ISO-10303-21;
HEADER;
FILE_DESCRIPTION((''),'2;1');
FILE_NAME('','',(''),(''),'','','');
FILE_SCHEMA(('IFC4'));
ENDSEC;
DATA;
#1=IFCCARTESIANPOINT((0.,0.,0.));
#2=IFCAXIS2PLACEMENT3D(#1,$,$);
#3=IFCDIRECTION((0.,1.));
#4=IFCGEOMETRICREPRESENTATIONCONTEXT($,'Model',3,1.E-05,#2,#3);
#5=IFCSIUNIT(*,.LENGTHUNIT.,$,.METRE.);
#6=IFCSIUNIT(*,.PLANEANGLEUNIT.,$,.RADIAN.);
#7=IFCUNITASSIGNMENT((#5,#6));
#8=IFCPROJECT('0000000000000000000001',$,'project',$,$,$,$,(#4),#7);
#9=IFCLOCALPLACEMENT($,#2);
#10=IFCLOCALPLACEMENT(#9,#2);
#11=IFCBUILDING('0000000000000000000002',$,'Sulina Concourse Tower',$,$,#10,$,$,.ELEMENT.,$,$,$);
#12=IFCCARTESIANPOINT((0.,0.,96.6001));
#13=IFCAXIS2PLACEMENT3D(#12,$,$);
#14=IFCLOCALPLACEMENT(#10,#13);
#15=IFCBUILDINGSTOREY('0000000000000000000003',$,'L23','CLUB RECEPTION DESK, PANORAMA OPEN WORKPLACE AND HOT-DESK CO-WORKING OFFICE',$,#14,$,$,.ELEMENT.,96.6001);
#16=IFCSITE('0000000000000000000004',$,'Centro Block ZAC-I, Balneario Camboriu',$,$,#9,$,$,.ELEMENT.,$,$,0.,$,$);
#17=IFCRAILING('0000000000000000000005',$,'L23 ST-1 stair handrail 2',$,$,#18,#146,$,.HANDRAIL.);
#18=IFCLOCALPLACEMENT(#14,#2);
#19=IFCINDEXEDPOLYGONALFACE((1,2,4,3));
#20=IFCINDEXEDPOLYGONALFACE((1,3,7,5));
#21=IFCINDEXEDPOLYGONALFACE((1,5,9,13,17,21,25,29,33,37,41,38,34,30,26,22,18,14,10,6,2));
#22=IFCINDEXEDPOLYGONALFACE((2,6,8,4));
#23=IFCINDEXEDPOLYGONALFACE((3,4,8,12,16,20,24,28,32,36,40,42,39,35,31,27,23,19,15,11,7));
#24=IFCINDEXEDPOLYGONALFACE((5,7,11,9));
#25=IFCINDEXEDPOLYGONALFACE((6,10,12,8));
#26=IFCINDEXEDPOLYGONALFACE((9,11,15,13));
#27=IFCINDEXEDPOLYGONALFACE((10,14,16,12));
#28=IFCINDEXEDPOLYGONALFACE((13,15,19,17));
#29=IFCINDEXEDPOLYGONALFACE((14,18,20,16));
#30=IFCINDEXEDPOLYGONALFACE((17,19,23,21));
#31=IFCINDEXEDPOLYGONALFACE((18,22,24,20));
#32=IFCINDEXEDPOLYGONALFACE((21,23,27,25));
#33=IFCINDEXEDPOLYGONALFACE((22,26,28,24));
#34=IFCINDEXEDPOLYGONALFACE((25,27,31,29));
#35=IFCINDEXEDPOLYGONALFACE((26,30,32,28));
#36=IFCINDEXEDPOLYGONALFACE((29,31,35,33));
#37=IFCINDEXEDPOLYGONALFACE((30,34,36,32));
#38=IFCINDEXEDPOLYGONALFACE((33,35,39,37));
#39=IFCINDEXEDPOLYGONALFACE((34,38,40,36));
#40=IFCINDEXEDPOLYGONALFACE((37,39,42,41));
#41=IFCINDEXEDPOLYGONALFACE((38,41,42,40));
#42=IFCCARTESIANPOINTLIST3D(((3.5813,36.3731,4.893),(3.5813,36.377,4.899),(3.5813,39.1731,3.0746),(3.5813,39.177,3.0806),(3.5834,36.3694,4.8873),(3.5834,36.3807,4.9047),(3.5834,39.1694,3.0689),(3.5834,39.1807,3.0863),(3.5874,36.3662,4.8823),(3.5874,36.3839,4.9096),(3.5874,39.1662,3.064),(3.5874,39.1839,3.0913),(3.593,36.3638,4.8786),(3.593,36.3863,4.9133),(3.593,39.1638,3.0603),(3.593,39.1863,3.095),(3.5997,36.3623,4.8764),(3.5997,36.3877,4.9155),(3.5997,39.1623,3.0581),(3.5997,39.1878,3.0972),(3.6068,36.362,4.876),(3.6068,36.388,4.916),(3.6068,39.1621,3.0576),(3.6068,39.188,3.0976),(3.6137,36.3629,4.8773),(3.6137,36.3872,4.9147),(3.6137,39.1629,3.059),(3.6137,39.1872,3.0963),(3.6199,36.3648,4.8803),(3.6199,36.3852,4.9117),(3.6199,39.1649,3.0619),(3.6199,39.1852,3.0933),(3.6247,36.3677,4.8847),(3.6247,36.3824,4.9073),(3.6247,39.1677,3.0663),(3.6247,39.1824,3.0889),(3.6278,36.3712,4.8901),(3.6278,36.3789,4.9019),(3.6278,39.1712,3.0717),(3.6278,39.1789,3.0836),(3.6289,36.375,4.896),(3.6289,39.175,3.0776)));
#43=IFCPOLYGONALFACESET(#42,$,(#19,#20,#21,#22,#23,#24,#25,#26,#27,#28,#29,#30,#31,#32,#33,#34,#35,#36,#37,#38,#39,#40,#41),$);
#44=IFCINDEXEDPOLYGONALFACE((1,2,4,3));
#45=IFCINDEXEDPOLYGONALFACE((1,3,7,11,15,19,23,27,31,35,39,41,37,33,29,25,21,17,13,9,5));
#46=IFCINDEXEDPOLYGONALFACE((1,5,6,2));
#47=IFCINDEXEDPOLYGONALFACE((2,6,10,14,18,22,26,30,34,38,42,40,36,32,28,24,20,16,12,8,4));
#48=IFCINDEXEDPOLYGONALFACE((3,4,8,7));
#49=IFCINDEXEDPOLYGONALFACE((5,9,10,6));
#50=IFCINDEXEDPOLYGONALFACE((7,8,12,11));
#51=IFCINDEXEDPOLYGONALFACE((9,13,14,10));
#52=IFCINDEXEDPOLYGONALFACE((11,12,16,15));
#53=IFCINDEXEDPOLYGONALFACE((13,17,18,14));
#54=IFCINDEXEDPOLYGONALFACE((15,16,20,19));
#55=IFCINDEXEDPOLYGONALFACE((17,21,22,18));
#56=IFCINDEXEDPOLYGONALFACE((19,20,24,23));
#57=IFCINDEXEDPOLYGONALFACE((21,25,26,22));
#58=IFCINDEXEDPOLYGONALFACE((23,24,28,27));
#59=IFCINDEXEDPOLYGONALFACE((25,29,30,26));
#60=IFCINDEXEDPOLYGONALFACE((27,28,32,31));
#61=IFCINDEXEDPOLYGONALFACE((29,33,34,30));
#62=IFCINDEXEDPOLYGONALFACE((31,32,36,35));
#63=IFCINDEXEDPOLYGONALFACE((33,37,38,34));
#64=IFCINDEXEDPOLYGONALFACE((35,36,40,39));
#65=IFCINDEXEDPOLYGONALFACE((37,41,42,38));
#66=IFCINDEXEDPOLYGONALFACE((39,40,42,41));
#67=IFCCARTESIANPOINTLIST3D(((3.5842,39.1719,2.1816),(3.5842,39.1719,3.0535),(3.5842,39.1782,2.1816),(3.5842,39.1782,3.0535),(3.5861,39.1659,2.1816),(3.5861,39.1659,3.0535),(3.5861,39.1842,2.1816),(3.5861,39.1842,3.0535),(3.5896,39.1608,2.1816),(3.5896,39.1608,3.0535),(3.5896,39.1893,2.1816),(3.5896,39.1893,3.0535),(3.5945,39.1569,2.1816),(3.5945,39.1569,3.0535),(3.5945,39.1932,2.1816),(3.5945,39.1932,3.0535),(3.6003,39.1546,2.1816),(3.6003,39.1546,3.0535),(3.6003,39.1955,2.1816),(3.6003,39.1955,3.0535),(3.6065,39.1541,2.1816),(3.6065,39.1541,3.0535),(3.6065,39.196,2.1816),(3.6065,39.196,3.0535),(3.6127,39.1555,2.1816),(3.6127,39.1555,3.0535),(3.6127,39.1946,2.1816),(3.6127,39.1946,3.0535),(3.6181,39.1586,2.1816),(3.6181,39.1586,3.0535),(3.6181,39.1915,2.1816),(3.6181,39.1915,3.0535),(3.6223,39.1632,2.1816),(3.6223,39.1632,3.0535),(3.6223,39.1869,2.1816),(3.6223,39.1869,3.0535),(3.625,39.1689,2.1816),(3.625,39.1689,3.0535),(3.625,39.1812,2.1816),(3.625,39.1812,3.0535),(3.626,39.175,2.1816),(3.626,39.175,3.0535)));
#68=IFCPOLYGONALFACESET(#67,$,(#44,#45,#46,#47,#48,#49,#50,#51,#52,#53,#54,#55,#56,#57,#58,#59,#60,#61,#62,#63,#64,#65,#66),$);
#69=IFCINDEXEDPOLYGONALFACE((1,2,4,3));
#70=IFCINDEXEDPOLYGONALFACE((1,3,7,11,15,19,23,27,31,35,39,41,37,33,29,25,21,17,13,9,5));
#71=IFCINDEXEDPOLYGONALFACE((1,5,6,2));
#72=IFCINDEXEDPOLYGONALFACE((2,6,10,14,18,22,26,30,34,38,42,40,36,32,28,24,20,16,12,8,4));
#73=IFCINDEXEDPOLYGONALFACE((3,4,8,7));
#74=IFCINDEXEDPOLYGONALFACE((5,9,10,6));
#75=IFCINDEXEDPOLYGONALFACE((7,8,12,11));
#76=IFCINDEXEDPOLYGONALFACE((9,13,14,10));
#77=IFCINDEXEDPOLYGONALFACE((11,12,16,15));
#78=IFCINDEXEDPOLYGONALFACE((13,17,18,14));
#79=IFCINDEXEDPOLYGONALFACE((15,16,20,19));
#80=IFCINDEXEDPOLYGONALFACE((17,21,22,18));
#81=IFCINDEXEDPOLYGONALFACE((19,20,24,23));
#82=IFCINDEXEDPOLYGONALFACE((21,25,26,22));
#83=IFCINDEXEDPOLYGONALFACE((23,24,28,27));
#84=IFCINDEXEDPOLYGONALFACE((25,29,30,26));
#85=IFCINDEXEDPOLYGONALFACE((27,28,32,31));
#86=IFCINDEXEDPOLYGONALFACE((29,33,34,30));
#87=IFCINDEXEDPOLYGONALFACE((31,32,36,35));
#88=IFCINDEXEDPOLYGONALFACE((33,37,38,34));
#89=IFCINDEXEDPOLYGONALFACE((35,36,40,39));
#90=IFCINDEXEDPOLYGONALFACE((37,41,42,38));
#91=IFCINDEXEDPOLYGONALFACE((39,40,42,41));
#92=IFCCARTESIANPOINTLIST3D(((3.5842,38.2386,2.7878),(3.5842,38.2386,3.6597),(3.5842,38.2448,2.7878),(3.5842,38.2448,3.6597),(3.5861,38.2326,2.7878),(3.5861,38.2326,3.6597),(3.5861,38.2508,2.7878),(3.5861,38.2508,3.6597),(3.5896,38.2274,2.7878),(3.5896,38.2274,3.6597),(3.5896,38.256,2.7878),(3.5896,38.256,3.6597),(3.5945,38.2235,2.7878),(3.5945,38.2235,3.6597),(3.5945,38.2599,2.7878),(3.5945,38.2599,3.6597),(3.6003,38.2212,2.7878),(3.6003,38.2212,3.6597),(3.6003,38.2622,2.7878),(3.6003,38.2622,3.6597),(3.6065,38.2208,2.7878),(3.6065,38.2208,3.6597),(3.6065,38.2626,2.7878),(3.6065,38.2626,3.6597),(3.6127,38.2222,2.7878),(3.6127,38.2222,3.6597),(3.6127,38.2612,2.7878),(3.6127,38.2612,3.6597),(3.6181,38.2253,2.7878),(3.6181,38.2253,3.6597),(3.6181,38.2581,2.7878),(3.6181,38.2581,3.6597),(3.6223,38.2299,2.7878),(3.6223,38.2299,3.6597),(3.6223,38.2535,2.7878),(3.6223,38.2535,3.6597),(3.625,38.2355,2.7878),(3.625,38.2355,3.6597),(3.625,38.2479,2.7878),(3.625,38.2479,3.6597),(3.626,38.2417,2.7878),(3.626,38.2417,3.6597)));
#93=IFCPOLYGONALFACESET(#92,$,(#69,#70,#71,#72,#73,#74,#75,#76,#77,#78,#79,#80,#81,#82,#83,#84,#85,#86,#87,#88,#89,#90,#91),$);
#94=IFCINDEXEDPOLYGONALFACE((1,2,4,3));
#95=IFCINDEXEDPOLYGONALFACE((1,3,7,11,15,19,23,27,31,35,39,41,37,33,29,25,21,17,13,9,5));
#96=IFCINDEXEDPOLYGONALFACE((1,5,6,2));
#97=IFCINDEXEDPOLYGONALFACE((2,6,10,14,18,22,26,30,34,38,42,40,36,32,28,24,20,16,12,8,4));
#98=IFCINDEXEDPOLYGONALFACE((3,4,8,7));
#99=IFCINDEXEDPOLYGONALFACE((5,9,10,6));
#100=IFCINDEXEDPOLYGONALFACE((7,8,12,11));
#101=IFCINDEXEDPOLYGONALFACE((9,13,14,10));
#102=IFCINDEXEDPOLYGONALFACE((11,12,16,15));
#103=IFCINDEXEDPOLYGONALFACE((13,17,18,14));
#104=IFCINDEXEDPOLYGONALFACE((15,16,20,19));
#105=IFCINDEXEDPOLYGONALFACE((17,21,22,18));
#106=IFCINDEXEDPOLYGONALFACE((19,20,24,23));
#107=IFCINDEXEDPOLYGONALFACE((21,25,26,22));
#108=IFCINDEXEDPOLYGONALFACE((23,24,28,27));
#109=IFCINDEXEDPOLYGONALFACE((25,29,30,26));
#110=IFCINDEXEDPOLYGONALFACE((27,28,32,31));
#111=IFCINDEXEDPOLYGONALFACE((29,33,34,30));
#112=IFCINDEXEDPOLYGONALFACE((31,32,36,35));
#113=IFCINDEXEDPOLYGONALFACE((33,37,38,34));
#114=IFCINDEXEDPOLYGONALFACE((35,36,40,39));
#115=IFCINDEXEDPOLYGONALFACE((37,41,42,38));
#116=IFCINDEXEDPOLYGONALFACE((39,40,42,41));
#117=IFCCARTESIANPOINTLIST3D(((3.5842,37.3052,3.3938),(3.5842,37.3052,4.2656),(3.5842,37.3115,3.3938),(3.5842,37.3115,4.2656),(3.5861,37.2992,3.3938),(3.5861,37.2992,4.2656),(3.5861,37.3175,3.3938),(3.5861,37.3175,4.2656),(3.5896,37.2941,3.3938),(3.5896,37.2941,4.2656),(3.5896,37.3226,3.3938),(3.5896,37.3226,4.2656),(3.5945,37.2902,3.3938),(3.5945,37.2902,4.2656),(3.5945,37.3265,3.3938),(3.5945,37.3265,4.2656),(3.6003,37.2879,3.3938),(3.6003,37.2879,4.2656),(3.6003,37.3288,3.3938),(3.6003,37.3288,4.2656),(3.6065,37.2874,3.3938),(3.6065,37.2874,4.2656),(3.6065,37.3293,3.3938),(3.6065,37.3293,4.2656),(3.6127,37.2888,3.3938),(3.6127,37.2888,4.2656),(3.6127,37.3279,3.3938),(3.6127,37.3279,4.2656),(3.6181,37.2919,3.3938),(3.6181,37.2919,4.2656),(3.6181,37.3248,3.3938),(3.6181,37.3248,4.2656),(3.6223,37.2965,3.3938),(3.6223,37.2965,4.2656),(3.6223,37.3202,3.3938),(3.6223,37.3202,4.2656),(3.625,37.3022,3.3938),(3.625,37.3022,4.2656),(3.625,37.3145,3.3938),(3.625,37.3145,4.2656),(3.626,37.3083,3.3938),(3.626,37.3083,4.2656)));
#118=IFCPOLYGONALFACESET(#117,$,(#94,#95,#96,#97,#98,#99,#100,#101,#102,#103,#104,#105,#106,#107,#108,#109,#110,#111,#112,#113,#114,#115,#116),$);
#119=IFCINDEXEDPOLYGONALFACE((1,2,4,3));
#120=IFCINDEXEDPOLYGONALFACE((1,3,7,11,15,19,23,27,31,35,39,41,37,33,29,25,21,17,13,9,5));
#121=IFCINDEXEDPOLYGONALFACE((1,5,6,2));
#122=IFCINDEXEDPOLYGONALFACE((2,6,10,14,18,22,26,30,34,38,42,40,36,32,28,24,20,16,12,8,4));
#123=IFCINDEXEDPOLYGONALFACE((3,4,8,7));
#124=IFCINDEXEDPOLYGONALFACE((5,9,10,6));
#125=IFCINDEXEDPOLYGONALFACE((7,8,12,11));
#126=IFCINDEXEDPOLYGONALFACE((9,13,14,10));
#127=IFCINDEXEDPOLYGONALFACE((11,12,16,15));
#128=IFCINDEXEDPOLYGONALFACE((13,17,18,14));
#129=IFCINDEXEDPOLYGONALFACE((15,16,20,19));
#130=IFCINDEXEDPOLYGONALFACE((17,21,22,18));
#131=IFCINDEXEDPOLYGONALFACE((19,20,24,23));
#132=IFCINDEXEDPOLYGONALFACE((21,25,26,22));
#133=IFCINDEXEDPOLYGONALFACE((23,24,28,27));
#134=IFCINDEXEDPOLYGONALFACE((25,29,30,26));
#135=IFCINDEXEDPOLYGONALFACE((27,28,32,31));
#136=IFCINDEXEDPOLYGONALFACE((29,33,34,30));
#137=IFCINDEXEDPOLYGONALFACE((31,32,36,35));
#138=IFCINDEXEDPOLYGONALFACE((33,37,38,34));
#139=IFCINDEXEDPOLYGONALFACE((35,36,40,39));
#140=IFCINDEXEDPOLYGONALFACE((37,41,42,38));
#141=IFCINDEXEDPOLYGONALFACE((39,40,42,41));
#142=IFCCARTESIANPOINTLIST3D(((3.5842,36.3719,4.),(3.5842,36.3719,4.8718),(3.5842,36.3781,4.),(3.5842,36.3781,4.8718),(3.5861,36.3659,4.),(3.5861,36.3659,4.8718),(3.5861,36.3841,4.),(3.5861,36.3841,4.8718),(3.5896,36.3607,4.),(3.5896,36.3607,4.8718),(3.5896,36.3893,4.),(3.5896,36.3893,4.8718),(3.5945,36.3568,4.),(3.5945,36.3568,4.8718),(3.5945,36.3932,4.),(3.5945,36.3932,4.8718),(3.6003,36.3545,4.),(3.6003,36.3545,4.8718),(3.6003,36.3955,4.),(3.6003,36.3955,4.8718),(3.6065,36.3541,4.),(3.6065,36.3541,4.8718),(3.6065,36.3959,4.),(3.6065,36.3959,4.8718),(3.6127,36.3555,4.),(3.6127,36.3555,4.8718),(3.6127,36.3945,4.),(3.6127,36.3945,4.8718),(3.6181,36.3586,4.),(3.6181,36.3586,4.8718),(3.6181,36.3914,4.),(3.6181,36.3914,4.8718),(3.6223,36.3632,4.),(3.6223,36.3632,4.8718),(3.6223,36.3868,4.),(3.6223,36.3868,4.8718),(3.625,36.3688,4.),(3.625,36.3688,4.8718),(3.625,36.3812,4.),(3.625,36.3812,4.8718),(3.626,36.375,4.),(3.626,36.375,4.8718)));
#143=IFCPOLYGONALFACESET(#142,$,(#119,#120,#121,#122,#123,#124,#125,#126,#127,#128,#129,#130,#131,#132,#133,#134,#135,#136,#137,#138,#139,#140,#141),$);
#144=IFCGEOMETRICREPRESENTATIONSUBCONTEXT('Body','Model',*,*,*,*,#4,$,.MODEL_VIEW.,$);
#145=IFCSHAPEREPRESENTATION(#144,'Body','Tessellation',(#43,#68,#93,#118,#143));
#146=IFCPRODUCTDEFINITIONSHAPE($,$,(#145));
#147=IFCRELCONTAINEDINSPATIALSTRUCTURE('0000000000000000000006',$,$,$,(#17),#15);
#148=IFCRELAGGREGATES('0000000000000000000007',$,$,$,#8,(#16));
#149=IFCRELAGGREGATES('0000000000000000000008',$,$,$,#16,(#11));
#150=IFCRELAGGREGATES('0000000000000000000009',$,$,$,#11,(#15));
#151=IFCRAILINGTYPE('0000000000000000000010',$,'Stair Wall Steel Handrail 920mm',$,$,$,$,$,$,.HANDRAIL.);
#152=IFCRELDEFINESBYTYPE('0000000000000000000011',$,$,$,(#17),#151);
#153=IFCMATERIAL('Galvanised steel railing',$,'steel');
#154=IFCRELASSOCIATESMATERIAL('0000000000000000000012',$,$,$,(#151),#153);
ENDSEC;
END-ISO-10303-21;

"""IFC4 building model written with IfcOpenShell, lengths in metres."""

from ifc_helpers import new_model, si_unit, direction, frame, origin, origin_2d, place, context, subcontext, project, spatial, circle, extrude, material, type_object, element, save


model = new_model("IFC4")

# Units and contexts
model_context = context("Model", 3, precision=1e-05, world=origin(), true_north=direction((0.0, 1.0)))
body_context = subcontext(model_context, "Body", "Model", "MODEL_VIEW")
ifc_project = project(units=[si_unit("LENGTHUNIT", "METRE"), si_unit("PLANEANGLEUNIT", "RADIAN")], contexts=[model_context])

# Site, building, storey
site_placement = place(None, origin())
site = spatial("IfcSite", under=ifc_project, at=site_placement, Name="Centro Block ZAC-I, Balneario Camboriu", CompositionType="ELEMENT", RefElevation=0.0)
building_placement = place(site_placement, origin())
building = spatial("IfcBuilding", under=site, at=building_placement, Name="Sulina Concourse Tower", CompositionType="ELEMENT")
storey_placement = place(building_placement, frame((0.0, 0.0, 96.6001)))
storey = spatial("IfcBuildingStorey", under=building, at=storey_placement, Name="L23", Description="CLUB RECEPTION DESK, PANORAMA OPEN WORKPLACE AND HOT-DESK CO-WORKING OFFICE", CompositionType="ELEMENT", Elevation=96.6001)

# Railing
ifc_material_1 = material(Name="Galvanised steel railing", Category="steel")
railing_type_1 = type_object("IfcRailingType", Name="Stair Wall Steel Handrail 920mm", PredefinedType="HANDRAIL", material=ifc_material_1)
railing_1_placement = place(storey_placement, frame((3.605, 39.175, 2.1816)))
element("IfcRailing", 1, at=railing_1_placement, inside=storey, type_object=railing_type_1, Name="L23 ST-1 stair handrail 2", PredefinedType="HANDRAIL", context=body_context, shape_type="SweptSolid", body=[
    extrude(circle(Radius=0.0239, at=origin_2d()), frame((0.0, 0.0, 0.896), z_axis=(0.0, -0.838672, 0.544636), x_axis=(1.0, 0.0, 0.0)), (0.0, 0.0, 1.0), 3.3386),
    extrude(circle(Radius=0.021, at=origin_2d()), origin(), (0.0, 0.0, 1.0), 0.8718),
    extrude(circle(Radius=0.021, at=origin_2d()), frame((0.0, -0.9333, 0.6062)), (0.0, 0.0, 1.0), 0.8718),
    extrude(circle(Radius=0.021, at=origin_2d()), frame((0.0, -1.8667, 1.2122)), (0.0, 0.0, 1.0), 0.8718),
    extrude(circle(Radius=0.021, at=origin_2d()), frame((0.0, -2.8, 1.8184)), (0.0, 0.0, 1.0), 0.8718),
])

save(model, "model.ifc")
